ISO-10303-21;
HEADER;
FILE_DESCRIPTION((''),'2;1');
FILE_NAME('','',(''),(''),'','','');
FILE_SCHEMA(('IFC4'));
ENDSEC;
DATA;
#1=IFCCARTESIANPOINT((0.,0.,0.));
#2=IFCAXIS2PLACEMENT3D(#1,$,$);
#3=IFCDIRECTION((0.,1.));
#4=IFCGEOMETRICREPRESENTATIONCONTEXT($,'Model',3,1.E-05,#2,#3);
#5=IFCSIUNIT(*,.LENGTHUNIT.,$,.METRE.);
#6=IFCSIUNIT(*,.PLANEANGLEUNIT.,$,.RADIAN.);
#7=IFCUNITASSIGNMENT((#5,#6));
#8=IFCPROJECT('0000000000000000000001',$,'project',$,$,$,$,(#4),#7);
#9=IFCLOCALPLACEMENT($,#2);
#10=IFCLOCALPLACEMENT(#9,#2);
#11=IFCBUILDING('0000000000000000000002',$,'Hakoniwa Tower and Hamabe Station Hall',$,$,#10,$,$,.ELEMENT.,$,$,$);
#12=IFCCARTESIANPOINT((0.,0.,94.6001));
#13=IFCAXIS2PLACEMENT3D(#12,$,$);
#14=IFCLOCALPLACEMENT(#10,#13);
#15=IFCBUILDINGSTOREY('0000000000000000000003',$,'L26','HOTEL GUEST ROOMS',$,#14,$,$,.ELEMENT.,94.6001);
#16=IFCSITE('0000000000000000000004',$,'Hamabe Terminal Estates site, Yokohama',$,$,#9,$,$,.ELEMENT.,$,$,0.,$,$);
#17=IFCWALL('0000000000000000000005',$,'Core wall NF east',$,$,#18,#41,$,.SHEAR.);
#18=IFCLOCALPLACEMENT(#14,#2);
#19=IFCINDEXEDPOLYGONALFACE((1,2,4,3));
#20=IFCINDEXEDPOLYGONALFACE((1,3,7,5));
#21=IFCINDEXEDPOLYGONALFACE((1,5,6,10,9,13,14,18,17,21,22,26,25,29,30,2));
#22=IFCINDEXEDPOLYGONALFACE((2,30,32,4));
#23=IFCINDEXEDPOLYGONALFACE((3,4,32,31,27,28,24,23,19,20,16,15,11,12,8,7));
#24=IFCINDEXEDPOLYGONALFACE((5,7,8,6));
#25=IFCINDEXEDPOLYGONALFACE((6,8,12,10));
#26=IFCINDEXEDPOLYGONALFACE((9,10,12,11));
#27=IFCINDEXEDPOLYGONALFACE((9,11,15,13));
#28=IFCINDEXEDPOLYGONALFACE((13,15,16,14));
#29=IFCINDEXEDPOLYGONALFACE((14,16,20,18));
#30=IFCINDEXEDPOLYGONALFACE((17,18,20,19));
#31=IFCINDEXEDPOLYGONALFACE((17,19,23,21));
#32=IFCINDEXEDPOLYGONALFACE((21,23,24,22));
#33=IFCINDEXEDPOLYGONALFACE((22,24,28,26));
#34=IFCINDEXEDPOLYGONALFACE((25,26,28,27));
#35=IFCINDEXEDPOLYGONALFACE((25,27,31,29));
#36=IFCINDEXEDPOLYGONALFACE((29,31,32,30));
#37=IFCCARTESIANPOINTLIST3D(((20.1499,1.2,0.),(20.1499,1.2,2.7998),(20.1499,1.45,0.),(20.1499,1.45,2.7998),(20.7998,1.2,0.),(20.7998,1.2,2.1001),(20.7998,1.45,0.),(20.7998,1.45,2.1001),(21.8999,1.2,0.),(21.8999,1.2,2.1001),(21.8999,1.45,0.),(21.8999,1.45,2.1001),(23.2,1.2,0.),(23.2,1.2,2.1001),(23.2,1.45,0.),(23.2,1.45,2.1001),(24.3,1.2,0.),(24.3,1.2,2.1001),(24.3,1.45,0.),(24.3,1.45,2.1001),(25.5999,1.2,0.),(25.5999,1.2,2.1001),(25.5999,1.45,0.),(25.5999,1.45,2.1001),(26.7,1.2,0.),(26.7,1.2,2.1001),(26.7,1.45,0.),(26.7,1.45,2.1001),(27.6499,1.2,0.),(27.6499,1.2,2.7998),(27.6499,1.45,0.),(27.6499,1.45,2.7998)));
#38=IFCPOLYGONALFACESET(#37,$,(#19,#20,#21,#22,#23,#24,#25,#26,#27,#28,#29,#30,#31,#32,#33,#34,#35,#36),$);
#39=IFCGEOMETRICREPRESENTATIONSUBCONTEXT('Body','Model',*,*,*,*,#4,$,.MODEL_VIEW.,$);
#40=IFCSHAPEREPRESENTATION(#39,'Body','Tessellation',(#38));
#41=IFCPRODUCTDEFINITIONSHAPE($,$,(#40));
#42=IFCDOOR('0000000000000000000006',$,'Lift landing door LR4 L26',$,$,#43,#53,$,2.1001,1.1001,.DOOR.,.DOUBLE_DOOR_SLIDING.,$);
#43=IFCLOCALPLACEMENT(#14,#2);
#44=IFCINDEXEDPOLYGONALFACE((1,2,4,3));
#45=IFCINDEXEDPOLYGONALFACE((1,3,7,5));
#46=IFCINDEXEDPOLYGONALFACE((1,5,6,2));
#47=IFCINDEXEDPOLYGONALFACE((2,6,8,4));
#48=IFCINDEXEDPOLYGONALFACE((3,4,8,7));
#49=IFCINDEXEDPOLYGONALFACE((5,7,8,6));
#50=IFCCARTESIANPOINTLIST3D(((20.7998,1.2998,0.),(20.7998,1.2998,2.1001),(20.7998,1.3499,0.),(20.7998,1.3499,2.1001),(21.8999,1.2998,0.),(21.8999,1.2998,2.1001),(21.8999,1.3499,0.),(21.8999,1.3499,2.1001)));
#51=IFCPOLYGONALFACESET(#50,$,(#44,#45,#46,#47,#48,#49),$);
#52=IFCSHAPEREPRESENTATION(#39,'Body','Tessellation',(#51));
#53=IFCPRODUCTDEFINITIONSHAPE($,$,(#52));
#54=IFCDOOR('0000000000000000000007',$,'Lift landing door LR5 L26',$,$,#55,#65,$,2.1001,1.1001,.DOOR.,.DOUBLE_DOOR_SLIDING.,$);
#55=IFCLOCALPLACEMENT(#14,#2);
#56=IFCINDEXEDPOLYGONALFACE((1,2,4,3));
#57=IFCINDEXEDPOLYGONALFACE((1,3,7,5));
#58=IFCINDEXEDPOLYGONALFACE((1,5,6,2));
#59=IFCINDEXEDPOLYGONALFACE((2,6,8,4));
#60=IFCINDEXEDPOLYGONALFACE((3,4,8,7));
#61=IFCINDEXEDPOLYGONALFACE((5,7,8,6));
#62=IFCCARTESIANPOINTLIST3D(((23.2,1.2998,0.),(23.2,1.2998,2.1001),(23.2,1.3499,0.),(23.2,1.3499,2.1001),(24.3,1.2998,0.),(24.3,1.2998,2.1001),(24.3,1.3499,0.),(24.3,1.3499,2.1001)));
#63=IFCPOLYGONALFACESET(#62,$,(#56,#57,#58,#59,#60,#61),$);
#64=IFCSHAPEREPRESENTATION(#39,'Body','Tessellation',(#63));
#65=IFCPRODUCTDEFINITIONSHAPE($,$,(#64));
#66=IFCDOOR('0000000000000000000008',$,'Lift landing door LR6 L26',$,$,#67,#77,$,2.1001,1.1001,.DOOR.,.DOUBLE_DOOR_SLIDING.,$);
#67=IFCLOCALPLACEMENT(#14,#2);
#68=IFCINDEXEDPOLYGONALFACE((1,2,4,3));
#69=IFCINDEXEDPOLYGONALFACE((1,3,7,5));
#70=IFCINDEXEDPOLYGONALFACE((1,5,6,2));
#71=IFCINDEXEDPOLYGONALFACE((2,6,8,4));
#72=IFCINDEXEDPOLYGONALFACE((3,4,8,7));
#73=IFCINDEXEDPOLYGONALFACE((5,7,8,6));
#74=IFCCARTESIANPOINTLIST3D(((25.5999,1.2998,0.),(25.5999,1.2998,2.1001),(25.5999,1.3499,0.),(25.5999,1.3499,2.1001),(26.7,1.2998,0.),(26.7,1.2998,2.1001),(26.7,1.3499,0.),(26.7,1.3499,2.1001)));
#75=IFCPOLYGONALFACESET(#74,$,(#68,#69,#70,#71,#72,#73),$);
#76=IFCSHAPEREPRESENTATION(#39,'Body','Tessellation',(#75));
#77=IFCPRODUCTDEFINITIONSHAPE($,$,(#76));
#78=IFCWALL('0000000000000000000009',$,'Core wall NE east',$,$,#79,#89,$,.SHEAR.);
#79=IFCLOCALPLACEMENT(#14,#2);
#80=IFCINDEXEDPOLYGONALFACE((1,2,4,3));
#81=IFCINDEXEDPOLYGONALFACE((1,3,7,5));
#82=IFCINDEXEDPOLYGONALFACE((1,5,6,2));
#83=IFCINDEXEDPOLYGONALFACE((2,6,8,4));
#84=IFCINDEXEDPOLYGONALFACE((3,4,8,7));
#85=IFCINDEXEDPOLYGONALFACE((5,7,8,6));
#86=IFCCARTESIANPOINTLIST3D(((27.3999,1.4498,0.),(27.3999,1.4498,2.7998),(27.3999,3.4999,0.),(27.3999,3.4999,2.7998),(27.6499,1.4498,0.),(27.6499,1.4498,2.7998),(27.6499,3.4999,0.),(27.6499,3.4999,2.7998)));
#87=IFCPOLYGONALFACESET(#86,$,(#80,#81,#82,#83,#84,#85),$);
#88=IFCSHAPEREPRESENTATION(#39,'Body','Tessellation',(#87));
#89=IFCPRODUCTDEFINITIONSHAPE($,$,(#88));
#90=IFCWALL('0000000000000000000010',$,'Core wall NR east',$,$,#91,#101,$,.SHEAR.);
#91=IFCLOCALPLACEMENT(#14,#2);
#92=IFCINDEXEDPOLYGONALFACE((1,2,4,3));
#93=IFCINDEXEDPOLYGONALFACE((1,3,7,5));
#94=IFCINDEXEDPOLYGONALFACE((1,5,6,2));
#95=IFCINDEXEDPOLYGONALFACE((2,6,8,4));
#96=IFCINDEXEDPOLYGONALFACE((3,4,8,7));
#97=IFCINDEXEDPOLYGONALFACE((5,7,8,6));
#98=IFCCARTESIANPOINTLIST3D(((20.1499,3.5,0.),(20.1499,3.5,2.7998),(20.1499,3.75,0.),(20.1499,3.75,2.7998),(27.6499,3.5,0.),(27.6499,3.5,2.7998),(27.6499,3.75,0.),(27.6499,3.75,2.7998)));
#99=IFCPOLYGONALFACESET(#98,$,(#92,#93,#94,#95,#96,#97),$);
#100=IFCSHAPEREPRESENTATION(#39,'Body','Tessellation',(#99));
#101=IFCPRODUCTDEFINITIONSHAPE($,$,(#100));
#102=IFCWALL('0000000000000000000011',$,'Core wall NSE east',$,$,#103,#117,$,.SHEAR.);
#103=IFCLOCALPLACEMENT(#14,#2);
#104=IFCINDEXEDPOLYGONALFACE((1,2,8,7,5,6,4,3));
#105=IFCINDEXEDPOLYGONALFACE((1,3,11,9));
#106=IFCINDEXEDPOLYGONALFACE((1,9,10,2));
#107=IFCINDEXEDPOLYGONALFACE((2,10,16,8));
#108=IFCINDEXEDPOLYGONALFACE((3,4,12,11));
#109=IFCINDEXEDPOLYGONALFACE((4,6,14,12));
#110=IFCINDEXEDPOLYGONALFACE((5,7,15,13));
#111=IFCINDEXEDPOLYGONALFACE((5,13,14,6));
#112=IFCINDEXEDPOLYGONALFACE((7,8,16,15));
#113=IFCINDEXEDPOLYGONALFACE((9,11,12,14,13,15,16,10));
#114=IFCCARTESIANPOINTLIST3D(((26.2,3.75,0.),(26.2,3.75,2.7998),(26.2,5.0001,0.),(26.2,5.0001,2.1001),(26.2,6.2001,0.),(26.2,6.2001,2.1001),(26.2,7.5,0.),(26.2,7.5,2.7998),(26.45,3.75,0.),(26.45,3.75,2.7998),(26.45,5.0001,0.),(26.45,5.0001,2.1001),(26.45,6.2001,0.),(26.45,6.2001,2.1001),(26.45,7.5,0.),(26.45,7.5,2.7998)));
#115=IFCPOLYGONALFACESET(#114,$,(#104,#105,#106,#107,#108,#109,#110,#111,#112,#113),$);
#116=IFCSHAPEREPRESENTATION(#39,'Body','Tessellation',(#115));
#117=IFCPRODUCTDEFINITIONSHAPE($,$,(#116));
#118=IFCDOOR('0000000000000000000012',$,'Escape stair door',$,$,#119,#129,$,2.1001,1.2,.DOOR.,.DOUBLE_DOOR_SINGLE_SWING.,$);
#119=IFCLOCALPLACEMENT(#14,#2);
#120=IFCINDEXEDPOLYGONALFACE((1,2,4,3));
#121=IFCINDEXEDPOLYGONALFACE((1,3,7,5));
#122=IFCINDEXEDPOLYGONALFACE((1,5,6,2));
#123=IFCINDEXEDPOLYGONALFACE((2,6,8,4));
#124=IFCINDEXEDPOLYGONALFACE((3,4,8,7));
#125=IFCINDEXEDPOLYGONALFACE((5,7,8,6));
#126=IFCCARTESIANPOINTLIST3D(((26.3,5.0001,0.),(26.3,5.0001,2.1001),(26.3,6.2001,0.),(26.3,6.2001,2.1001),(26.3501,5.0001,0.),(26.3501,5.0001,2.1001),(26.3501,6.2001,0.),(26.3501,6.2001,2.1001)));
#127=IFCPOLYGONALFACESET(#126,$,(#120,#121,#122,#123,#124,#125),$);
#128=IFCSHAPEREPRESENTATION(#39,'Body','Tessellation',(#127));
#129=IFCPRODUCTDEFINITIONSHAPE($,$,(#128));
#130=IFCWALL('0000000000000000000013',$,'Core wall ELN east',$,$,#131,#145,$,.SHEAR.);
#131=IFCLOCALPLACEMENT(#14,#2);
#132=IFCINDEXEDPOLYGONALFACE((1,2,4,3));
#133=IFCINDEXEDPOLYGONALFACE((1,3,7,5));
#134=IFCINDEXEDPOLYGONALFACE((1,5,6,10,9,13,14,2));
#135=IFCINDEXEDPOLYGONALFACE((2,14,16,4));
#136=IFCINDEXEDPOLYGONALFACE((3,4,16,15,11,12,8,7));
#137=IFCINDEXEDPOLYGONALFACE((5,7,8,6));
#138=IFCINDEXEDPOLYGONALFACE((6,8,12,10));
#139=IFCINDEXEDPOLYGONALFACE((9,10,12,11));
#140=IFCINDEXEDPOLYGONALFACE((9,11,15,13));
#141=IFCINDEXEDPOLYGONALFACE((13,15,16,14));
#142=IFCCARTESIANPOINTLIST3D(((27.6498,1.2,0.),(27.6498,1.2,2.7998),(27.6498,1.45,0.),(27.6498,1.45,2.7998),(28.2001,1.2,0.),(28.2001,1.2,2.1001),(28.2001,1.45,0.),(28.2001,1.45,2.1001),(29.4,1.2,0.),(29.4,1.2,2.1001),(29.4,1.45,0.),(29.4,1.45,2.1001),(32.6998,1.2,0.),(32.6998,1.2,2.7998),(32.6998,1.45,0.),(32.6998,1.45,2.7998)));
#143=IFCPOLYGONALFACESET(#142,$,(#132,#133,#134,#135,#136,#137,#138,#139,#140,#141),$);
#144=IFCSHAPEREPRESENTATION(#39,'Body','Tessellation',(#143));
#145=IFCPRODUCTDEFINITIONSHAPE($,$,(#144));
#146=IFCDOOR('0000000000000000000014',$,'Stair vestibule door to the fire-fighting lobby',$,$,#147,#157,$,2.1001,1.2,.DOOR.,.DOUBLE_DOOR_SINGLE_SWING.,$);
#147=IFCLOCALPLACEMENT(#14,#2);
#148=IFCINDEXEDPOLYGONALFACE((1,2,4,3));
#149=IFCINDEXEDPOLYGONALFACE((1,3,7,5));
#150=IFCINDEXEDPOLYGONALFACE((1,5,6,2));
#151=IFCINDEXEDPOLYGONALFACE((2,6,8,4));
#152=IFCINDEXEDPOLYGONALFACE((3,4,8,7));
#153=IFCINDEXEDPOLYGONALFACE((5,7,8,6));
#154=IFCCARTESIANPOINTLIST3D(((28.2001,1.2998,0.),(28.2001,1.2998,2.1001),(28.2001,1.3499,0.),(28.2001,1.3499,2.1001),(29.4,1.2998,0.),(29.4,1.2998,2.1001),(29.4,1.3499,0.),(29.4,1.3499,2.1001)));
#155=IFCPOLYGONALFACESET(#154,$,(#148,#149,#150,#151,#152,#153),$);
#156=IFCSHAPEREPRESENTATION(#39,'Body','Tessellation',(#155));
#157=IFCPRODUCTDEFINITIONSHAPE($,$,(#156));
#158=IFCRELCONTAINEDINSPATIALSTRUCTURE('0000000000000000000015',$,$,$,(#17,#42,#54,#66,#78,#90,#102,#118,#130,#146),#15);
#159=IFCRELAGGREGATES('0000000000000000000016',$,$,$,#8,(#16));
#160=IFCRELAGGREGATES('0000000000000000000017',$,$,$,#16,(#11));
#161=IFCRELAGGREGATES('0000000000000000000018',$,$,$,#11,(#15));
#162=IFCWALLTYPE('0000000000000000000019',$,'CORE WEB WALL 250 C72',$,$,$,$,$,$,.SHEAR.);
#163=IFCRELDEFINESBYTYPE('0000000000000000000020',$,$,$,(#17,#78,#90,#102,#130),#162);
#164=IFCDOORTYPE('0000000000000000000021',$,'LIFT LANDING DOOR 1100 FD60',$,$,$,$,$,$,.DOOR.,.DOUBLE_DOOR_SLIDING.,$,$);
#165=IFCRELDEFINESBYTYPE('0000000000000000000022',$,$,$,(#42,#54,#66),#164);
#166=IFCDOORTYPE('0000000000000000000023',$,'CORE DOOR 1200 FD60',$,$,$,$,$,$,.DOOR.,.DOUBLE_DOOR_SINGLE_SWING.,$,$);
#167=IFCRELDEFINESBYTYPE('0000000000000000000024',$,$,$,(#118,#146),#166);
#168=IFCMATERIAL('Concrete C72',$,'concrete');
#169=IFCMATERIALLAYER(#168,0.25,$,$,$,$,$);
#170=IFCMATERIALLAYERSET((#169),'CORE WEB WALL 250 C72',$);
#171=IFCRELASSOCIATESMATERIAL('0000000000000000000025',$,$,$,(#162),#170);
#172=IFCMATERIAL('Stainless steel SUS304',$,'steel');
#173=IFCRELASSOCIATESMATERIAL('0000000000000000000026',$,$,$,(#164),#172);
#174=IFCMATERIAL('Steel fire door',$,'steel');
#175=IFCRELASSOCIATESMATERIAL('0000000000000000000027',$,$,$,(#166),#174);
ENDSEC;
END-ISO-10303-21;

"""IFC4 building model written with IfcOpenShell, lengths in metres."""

from ifc_helpers import new_model, si_unit, direction, frame, frame_2d, origin, place, context, subcontext, project, spatial, rectangle, extrude, material, layer, layer_set, type_object, element, fill, save


model = new_model("IFC4")

# Units and contexts
model_context = context("Model", 3, precision=1e-05, world=origin(), true_north=direction((0.0, 1.0)))
body_context = subcontext(model_context, "Body", "Model", "MODEL_VIEW")
ifc_project = project(units=[si_unit("LENGTHUNIT", "METRE"), si_unit("PLANEANGLEUNIT", "RADIAN")], contexts=[model_context])

# Site, building, storey
site_placement = place(None, origin())
site = spatial("IfcSite", under=ifc_project, at=site_placement, Name="Hamabe Terminal Estates site, Yokohama", CompositionType="ELEMENT", RefElevation=0.0)
building_placement = place(site_placement, origin())
building = spatial("IfcBuilding", under=site, at=building_placement, Name="Hakoniwa Tower and Hamabe Station Hall", CompositionType="ELEMENT")
storey_placement = place(building_placement, frame((0.0, 0.0, 94.6001)))
storey = spatial("IfcBuildingStorey", under=building, at=storey_placement, Name="L26", Description="HOTEL GUEST ROOMS", CompositionType="ELEMENT", Elevation=94.6001)

# Wall, openings, doors
ifc_material_1 = material(Name="Concrete C72", Category="concrete")
ifc_layer_1 = layer(ifc_material_1, 0.25)
ifc_layer_set_1 = layer_set([ifc_layer_1], Name="CORE WEB WALL 250 C72")
wall_type_1 = type_object("IfcWallType", Name="CORE WEB WALL 250 C72", PredefinedType="SHEAR", material=ifc_layer_set_1)
wall_1_placement = place(storey_placement, frame((20.1499, 1.325, 0.0), z_axis=(0.0, 0.0, 1.0), x_axis=(1.0, 0.0, 0.0)))
wall_1 = element("IfcWall", 1, at=wall_1_placement, inside=storey, type_object=wall_type_1, Name="Core wall NF east", PredefinedType="SHEAR", context=body_context, shape_type="SweptSolid", body=[
    extrude(rectangle(XDim=7.5, YDim=0.25, at=frame_2d((3.75, 0.0))), origin(), (0.0, 0.0, 1.0), 2.7998),
])
opening_1_placement = place(wall_1_placement, frame((0.6499, 0.0, 0.0)))
opening_1 = element("IfcOpeningElement", 2, at=opening_1_placement, cuts=wall_1, PredefinedType="OPENING", context=body_context, shape_type="SweptSolid", body=[
    extrude(rectangle(XDim=1.1001, YDim=2.1001, at=frame_2d((0.55, 1.05))), frame((0.0, 0.135, 0.0), z_axis=(0.0, -1.0, 0.0), x_axis=(1.0, 0.0, 0.0)), (0.0, 0.0, 1.0), 0.27),
])
opening_2_placement = place(wall_1_placement, frame((3.05, 0.0, 0.0)))
opening_2 = element("IfcOpeningElement", 3, at=opening_2_placement, cuts=wall_1, PredefinedType="OPENING", context=body_context, shape_type="SweptSolid", body=[
    extrude(rectangle(XDim=1.1001, YDim=2.1001, at=frame_2d((0.55, 1.05))), frame((0.0, 0.135, 0.0), z_axis=(0.0, -1.0, 0.0), x_axis=(1.0, 0.0, 0.0)), (0.0, 0.0, 1.0), 0.27),
])
opening_3_placement = place(wall_1_placement, frame((5.45, 0.0, 0.0)))
opening_3 = element("IfcOpeningElement", 4, at=opening_3_placement, cuts=wall_1, PredefinedType="OPENING", context=body_context, shape_type="SweptSolid", body=[
    extrude(rectangle(XDim=1.1001, YDim=2.1001, at=frame_2d((0.55, 1.05))), frame((0.0, 0.135, 0.0), z_axis=(0.0, -1.0, 0.0), x_axis=(1.0, 0.0, 0.0)), (0.0, 0.0, 1.0), 0.27),
])
ifc_material_2 = material(Name="Stainless steel SUS304", Category="steel")
door_type_1 = type_object("IfcDoorType", Name="LIFT LANDING DOOR 1100 FD60", OperationType="DOUBLE_DOOR_SLIDING", PredefinedType="DOOR", material=ifc_material_2)
door_1_placement = place(opening_1_placement, origin())
door_1 = element("IfcDoor", 5, at=door_1_placement, inside=storey, type_object=door_type_1, Name="Lift landing door LR4 L26", OperationType="DOUBLE_DOOR_SLIDING", OverallHeight=2.1001, OverallWidth=1.1001, PredefinedType="DOOR", context=body_context, shape_type="SweptSolid", body=[
    extrude(rectangle(XDim=1.1001, YDim=2.1001, at=frame_2d((0.55, 1.05))), frame((0.0, 0.0249, 0.0), z_axis=(0.0, -1.0, 0.0), x_axis=(1.0, 0.0, 0.0)), (0.0, 0.0, 1.0), 0.05),
])
fill(opening_1, door_1)
door_2_placement = place(opening_2_placement, origin())
door_2 = element("IfcDoor", 6, at=door_2_placement, inside=storey, type_object=door_type_1, Name="Lift landing door LR5 L26", OperationType="DOUBLE_DOOR_SLIDING", OverallHeight=2.1001, OverallWidth=1.1001, PredefinedType="DOOR", context=body_context, shape_type="SweptSolid", body=[
    extrude(rectangle(XDim=1.1001, YDim=2.1001, at=frame_2d((0.55, 1.05))), frame((0.0, 0.0249, 0.0), z_axis=(0.0, -1.0, 0.0), x_axis=(1.0, 0.0, 0.0)), (0.0, 0.0, 1.0), 0.05),
])
fill(opening_2, door_2)
door_3_placement = place(opening_3_placement, origin())
door_3 = element("IfcDoor", 7, at=door_3_placement, inside=storey, type_object=door_type_1, Name="Lift landing door LR6 L26", OperationType="DOUBLE_DOOR_SLIDING", OverallHeight=2.1001, OverallWidth=1.1001, PredefinedType="DOOR", context=body_context, shape_type="SweptSolid", body=[
    extrude(rectangle(XDim=1.1001, YDim=2.1001, at=frame_2d((0.55, 1.05))), frame((0.0, 0.0249, 0.0), z_axis=(0.0, -1.0, 0.0), x_axis=(1.0, 0.0, 0.0)), (0.0, 0.0, 1.0), 0.05),
])
fill(opening_3, door_3)

# Walls
wall_2_placement = place(storey_placement, frame((27.5249, 1.45, 0.0), z_axis=(0.0, 0.0, 1.0), x_axis=(0.0, 1.0, 0.0)))
element("IfcWall", 8, at=wall_2_placement, inside=storey, type_object=wall_type_1, Name="Core wall NE east", PredefinedType="SHEAR", context=body_context, shape_type="SweptSolid", body=[
    extrude(rectangle(XDim=2.05, YDim=0.25, at=frame_2d((1.0249, 0.0))), origin(), (0.0, 0.0, 1.0), 2.7998),
])
wall_3_placement = place(storey_placement, frame((20.1499, 3.625, 0.0), z_axis=(0.0, 0.0, 1.0), x_axis=(1.0, 0.0, 0.0)))
element("IfcWall", 9, at=wall_3_placement, inside=storey, type_object=wall_type_1, Name="Core wall NR east", PredefinedType="SHEAR", context=body_context, shape_type="SweptSolid", body=[
    extrude(rectangle(XDim=7.5, YDim=0.25, at=frame_2d((3.75, 0.0))), origin(), (0.0, 0.0, 1.0), 2.7998),
])

# Walls, openings, doors
wall_4_placement = place(storey_placement, frame((26.325, 3.75, 0.0), z_axis=(0.0, 0.0, 1.0), x_axis=(0.0, 1.0, 0.0)))
wall_4 = element("IfcWall", 10, at=wall_4_placement, inside=storey, type_object=wall_type_1, Name="Core wall NSE east", PredefinedType="SHEAR", context=body_context, shape_type="SweptSolid", body=[
    extrude(rectangle(XDim=3.75, YDim=0.25, at=frame_2d((1.875, 0.0))), origin(), (0.0, 0.0, 1.0), 2.7998),
])
opening_4_placement = place(wall_4_placement, frame((1.25, 0.0, 0.0)))
opening_4 = element("IfcOpeningElement", 11, at=opening_4_placement, cuts=wall_4, PredefinedType="OPENING", context=body_context, shape_type="SweptSolid", body=[
    extrude(rectangle(XDim=1.2, YDim=2.1001, at=frame_2d((0.6001, 1.05))), frame((0.0, 0.135, 0.0), z_axis=(0.0, -1.0, 0.0), x_axis=(1.0, 0.0, 0.0)), (0.0, 0.0, 1.0), 0.27),
])
ifc_material_3 = material(Name="Steel fire door", Category="steel")
door_type_2 = type_object("IfcDoorType", Name="CORE DOOR 1200 FD60", OperationType="DOUBLE_DOOR_SINGLE_SWING", PredefinedType="DOOR", material=ifc_material_3)
door_4_placement = place(opening_4_placement, origin())
door_4 = element("IfcDoor", 12, at=door_4_placement, inside=storey, type_object=door_type_2, Name="Escape stair door", OperationType="DOUBLE_DOOR_SINGLE_SWING", OverallHeight=2.1001, OverallWidth=1.2, PredefinedType="DOOR", context=body_context, shape_type="SweptSolid", body=[
    extrude(rectangle(XDim=1.2, YDim=2.1001, at=frame_2d((0.6001, 1.05))), frame((0.0, 0.0249, 0.0), z_axis=(0.0, -1.0, 0.0), x_axis=(1.0, 0.0, 0.0)), (0.0, 0.0, 1.0), 0.05),
])
fill(opening_4, door_4)
wall_5_placement = place(storey_placement, frame((27.6499, 1.325, 0.0), z_axis=(0.0, 0.0, 1.0), x_axis=(1.0, 0.0, 0.0)))
wall_5 = element("IfcWall", 13, at=wall_5_placement, inside=storey, type_object=wall_type_1, Name="Core wall ELN east", PredefinedType="SHEAR", context=body_context, shape_type="SweptSolid", body=[
    extrude(rectangle(XDim=5.05, YDim=0.25, at=frame_2d((2.5249, 0.0))), origin(), (0.0, 0.0, 1.0), 2.7998),
])
opening_5_placement = place(wall_5_placement, frame((0.55, 0.0, 0.0)))
opening_5 = element("IfcOpeningElement", 14, at=opening_5_placement, cuts=wall_5, PredefinedType="OPENING", context=body_context, shape_type="SweptSolid", body=[
    extrude(rectangle(XDim=1.2, YDim=2.1001, at=frame_2d((0.6001, 1.05))), frame((0.0, 0.135, 0.0), z_axis=(0.0, -1.0, 0.0), x_axis=(1.0, 0.0, 0.0)), (0.0, 0.0, 1.0), 0.27),
])
door_5_placement = place(opening_5_placement, origin())
door_5 = element("IfcDoor", 15, at=door_5_placement, inside=storey, type_object=door_type_2, Name="Stair vestibule door to the fire-fighting lobby", OperationType="DOUBLE_DOOR_SINGLE_SWING", OverallHeight=2.1001, OverallWidth=1.2, PredefinedType="DOOR", context=body_context, shape_type="SweptSolid", body=[
    extrude(rectangle(XDim=1.2, YDim=2.1001, at=frame_2d((0.6001, 1.05))), frame((0.0, 0.0249, 0.0), z_axis=(0.0, -1.0, 0.0), x_axis=(1.0, 0.0, 0.0)), (0.0, 0.0, 1.0), 0.05),
])
fill(opening_5, door_5)

save(model, "model.ifc")
